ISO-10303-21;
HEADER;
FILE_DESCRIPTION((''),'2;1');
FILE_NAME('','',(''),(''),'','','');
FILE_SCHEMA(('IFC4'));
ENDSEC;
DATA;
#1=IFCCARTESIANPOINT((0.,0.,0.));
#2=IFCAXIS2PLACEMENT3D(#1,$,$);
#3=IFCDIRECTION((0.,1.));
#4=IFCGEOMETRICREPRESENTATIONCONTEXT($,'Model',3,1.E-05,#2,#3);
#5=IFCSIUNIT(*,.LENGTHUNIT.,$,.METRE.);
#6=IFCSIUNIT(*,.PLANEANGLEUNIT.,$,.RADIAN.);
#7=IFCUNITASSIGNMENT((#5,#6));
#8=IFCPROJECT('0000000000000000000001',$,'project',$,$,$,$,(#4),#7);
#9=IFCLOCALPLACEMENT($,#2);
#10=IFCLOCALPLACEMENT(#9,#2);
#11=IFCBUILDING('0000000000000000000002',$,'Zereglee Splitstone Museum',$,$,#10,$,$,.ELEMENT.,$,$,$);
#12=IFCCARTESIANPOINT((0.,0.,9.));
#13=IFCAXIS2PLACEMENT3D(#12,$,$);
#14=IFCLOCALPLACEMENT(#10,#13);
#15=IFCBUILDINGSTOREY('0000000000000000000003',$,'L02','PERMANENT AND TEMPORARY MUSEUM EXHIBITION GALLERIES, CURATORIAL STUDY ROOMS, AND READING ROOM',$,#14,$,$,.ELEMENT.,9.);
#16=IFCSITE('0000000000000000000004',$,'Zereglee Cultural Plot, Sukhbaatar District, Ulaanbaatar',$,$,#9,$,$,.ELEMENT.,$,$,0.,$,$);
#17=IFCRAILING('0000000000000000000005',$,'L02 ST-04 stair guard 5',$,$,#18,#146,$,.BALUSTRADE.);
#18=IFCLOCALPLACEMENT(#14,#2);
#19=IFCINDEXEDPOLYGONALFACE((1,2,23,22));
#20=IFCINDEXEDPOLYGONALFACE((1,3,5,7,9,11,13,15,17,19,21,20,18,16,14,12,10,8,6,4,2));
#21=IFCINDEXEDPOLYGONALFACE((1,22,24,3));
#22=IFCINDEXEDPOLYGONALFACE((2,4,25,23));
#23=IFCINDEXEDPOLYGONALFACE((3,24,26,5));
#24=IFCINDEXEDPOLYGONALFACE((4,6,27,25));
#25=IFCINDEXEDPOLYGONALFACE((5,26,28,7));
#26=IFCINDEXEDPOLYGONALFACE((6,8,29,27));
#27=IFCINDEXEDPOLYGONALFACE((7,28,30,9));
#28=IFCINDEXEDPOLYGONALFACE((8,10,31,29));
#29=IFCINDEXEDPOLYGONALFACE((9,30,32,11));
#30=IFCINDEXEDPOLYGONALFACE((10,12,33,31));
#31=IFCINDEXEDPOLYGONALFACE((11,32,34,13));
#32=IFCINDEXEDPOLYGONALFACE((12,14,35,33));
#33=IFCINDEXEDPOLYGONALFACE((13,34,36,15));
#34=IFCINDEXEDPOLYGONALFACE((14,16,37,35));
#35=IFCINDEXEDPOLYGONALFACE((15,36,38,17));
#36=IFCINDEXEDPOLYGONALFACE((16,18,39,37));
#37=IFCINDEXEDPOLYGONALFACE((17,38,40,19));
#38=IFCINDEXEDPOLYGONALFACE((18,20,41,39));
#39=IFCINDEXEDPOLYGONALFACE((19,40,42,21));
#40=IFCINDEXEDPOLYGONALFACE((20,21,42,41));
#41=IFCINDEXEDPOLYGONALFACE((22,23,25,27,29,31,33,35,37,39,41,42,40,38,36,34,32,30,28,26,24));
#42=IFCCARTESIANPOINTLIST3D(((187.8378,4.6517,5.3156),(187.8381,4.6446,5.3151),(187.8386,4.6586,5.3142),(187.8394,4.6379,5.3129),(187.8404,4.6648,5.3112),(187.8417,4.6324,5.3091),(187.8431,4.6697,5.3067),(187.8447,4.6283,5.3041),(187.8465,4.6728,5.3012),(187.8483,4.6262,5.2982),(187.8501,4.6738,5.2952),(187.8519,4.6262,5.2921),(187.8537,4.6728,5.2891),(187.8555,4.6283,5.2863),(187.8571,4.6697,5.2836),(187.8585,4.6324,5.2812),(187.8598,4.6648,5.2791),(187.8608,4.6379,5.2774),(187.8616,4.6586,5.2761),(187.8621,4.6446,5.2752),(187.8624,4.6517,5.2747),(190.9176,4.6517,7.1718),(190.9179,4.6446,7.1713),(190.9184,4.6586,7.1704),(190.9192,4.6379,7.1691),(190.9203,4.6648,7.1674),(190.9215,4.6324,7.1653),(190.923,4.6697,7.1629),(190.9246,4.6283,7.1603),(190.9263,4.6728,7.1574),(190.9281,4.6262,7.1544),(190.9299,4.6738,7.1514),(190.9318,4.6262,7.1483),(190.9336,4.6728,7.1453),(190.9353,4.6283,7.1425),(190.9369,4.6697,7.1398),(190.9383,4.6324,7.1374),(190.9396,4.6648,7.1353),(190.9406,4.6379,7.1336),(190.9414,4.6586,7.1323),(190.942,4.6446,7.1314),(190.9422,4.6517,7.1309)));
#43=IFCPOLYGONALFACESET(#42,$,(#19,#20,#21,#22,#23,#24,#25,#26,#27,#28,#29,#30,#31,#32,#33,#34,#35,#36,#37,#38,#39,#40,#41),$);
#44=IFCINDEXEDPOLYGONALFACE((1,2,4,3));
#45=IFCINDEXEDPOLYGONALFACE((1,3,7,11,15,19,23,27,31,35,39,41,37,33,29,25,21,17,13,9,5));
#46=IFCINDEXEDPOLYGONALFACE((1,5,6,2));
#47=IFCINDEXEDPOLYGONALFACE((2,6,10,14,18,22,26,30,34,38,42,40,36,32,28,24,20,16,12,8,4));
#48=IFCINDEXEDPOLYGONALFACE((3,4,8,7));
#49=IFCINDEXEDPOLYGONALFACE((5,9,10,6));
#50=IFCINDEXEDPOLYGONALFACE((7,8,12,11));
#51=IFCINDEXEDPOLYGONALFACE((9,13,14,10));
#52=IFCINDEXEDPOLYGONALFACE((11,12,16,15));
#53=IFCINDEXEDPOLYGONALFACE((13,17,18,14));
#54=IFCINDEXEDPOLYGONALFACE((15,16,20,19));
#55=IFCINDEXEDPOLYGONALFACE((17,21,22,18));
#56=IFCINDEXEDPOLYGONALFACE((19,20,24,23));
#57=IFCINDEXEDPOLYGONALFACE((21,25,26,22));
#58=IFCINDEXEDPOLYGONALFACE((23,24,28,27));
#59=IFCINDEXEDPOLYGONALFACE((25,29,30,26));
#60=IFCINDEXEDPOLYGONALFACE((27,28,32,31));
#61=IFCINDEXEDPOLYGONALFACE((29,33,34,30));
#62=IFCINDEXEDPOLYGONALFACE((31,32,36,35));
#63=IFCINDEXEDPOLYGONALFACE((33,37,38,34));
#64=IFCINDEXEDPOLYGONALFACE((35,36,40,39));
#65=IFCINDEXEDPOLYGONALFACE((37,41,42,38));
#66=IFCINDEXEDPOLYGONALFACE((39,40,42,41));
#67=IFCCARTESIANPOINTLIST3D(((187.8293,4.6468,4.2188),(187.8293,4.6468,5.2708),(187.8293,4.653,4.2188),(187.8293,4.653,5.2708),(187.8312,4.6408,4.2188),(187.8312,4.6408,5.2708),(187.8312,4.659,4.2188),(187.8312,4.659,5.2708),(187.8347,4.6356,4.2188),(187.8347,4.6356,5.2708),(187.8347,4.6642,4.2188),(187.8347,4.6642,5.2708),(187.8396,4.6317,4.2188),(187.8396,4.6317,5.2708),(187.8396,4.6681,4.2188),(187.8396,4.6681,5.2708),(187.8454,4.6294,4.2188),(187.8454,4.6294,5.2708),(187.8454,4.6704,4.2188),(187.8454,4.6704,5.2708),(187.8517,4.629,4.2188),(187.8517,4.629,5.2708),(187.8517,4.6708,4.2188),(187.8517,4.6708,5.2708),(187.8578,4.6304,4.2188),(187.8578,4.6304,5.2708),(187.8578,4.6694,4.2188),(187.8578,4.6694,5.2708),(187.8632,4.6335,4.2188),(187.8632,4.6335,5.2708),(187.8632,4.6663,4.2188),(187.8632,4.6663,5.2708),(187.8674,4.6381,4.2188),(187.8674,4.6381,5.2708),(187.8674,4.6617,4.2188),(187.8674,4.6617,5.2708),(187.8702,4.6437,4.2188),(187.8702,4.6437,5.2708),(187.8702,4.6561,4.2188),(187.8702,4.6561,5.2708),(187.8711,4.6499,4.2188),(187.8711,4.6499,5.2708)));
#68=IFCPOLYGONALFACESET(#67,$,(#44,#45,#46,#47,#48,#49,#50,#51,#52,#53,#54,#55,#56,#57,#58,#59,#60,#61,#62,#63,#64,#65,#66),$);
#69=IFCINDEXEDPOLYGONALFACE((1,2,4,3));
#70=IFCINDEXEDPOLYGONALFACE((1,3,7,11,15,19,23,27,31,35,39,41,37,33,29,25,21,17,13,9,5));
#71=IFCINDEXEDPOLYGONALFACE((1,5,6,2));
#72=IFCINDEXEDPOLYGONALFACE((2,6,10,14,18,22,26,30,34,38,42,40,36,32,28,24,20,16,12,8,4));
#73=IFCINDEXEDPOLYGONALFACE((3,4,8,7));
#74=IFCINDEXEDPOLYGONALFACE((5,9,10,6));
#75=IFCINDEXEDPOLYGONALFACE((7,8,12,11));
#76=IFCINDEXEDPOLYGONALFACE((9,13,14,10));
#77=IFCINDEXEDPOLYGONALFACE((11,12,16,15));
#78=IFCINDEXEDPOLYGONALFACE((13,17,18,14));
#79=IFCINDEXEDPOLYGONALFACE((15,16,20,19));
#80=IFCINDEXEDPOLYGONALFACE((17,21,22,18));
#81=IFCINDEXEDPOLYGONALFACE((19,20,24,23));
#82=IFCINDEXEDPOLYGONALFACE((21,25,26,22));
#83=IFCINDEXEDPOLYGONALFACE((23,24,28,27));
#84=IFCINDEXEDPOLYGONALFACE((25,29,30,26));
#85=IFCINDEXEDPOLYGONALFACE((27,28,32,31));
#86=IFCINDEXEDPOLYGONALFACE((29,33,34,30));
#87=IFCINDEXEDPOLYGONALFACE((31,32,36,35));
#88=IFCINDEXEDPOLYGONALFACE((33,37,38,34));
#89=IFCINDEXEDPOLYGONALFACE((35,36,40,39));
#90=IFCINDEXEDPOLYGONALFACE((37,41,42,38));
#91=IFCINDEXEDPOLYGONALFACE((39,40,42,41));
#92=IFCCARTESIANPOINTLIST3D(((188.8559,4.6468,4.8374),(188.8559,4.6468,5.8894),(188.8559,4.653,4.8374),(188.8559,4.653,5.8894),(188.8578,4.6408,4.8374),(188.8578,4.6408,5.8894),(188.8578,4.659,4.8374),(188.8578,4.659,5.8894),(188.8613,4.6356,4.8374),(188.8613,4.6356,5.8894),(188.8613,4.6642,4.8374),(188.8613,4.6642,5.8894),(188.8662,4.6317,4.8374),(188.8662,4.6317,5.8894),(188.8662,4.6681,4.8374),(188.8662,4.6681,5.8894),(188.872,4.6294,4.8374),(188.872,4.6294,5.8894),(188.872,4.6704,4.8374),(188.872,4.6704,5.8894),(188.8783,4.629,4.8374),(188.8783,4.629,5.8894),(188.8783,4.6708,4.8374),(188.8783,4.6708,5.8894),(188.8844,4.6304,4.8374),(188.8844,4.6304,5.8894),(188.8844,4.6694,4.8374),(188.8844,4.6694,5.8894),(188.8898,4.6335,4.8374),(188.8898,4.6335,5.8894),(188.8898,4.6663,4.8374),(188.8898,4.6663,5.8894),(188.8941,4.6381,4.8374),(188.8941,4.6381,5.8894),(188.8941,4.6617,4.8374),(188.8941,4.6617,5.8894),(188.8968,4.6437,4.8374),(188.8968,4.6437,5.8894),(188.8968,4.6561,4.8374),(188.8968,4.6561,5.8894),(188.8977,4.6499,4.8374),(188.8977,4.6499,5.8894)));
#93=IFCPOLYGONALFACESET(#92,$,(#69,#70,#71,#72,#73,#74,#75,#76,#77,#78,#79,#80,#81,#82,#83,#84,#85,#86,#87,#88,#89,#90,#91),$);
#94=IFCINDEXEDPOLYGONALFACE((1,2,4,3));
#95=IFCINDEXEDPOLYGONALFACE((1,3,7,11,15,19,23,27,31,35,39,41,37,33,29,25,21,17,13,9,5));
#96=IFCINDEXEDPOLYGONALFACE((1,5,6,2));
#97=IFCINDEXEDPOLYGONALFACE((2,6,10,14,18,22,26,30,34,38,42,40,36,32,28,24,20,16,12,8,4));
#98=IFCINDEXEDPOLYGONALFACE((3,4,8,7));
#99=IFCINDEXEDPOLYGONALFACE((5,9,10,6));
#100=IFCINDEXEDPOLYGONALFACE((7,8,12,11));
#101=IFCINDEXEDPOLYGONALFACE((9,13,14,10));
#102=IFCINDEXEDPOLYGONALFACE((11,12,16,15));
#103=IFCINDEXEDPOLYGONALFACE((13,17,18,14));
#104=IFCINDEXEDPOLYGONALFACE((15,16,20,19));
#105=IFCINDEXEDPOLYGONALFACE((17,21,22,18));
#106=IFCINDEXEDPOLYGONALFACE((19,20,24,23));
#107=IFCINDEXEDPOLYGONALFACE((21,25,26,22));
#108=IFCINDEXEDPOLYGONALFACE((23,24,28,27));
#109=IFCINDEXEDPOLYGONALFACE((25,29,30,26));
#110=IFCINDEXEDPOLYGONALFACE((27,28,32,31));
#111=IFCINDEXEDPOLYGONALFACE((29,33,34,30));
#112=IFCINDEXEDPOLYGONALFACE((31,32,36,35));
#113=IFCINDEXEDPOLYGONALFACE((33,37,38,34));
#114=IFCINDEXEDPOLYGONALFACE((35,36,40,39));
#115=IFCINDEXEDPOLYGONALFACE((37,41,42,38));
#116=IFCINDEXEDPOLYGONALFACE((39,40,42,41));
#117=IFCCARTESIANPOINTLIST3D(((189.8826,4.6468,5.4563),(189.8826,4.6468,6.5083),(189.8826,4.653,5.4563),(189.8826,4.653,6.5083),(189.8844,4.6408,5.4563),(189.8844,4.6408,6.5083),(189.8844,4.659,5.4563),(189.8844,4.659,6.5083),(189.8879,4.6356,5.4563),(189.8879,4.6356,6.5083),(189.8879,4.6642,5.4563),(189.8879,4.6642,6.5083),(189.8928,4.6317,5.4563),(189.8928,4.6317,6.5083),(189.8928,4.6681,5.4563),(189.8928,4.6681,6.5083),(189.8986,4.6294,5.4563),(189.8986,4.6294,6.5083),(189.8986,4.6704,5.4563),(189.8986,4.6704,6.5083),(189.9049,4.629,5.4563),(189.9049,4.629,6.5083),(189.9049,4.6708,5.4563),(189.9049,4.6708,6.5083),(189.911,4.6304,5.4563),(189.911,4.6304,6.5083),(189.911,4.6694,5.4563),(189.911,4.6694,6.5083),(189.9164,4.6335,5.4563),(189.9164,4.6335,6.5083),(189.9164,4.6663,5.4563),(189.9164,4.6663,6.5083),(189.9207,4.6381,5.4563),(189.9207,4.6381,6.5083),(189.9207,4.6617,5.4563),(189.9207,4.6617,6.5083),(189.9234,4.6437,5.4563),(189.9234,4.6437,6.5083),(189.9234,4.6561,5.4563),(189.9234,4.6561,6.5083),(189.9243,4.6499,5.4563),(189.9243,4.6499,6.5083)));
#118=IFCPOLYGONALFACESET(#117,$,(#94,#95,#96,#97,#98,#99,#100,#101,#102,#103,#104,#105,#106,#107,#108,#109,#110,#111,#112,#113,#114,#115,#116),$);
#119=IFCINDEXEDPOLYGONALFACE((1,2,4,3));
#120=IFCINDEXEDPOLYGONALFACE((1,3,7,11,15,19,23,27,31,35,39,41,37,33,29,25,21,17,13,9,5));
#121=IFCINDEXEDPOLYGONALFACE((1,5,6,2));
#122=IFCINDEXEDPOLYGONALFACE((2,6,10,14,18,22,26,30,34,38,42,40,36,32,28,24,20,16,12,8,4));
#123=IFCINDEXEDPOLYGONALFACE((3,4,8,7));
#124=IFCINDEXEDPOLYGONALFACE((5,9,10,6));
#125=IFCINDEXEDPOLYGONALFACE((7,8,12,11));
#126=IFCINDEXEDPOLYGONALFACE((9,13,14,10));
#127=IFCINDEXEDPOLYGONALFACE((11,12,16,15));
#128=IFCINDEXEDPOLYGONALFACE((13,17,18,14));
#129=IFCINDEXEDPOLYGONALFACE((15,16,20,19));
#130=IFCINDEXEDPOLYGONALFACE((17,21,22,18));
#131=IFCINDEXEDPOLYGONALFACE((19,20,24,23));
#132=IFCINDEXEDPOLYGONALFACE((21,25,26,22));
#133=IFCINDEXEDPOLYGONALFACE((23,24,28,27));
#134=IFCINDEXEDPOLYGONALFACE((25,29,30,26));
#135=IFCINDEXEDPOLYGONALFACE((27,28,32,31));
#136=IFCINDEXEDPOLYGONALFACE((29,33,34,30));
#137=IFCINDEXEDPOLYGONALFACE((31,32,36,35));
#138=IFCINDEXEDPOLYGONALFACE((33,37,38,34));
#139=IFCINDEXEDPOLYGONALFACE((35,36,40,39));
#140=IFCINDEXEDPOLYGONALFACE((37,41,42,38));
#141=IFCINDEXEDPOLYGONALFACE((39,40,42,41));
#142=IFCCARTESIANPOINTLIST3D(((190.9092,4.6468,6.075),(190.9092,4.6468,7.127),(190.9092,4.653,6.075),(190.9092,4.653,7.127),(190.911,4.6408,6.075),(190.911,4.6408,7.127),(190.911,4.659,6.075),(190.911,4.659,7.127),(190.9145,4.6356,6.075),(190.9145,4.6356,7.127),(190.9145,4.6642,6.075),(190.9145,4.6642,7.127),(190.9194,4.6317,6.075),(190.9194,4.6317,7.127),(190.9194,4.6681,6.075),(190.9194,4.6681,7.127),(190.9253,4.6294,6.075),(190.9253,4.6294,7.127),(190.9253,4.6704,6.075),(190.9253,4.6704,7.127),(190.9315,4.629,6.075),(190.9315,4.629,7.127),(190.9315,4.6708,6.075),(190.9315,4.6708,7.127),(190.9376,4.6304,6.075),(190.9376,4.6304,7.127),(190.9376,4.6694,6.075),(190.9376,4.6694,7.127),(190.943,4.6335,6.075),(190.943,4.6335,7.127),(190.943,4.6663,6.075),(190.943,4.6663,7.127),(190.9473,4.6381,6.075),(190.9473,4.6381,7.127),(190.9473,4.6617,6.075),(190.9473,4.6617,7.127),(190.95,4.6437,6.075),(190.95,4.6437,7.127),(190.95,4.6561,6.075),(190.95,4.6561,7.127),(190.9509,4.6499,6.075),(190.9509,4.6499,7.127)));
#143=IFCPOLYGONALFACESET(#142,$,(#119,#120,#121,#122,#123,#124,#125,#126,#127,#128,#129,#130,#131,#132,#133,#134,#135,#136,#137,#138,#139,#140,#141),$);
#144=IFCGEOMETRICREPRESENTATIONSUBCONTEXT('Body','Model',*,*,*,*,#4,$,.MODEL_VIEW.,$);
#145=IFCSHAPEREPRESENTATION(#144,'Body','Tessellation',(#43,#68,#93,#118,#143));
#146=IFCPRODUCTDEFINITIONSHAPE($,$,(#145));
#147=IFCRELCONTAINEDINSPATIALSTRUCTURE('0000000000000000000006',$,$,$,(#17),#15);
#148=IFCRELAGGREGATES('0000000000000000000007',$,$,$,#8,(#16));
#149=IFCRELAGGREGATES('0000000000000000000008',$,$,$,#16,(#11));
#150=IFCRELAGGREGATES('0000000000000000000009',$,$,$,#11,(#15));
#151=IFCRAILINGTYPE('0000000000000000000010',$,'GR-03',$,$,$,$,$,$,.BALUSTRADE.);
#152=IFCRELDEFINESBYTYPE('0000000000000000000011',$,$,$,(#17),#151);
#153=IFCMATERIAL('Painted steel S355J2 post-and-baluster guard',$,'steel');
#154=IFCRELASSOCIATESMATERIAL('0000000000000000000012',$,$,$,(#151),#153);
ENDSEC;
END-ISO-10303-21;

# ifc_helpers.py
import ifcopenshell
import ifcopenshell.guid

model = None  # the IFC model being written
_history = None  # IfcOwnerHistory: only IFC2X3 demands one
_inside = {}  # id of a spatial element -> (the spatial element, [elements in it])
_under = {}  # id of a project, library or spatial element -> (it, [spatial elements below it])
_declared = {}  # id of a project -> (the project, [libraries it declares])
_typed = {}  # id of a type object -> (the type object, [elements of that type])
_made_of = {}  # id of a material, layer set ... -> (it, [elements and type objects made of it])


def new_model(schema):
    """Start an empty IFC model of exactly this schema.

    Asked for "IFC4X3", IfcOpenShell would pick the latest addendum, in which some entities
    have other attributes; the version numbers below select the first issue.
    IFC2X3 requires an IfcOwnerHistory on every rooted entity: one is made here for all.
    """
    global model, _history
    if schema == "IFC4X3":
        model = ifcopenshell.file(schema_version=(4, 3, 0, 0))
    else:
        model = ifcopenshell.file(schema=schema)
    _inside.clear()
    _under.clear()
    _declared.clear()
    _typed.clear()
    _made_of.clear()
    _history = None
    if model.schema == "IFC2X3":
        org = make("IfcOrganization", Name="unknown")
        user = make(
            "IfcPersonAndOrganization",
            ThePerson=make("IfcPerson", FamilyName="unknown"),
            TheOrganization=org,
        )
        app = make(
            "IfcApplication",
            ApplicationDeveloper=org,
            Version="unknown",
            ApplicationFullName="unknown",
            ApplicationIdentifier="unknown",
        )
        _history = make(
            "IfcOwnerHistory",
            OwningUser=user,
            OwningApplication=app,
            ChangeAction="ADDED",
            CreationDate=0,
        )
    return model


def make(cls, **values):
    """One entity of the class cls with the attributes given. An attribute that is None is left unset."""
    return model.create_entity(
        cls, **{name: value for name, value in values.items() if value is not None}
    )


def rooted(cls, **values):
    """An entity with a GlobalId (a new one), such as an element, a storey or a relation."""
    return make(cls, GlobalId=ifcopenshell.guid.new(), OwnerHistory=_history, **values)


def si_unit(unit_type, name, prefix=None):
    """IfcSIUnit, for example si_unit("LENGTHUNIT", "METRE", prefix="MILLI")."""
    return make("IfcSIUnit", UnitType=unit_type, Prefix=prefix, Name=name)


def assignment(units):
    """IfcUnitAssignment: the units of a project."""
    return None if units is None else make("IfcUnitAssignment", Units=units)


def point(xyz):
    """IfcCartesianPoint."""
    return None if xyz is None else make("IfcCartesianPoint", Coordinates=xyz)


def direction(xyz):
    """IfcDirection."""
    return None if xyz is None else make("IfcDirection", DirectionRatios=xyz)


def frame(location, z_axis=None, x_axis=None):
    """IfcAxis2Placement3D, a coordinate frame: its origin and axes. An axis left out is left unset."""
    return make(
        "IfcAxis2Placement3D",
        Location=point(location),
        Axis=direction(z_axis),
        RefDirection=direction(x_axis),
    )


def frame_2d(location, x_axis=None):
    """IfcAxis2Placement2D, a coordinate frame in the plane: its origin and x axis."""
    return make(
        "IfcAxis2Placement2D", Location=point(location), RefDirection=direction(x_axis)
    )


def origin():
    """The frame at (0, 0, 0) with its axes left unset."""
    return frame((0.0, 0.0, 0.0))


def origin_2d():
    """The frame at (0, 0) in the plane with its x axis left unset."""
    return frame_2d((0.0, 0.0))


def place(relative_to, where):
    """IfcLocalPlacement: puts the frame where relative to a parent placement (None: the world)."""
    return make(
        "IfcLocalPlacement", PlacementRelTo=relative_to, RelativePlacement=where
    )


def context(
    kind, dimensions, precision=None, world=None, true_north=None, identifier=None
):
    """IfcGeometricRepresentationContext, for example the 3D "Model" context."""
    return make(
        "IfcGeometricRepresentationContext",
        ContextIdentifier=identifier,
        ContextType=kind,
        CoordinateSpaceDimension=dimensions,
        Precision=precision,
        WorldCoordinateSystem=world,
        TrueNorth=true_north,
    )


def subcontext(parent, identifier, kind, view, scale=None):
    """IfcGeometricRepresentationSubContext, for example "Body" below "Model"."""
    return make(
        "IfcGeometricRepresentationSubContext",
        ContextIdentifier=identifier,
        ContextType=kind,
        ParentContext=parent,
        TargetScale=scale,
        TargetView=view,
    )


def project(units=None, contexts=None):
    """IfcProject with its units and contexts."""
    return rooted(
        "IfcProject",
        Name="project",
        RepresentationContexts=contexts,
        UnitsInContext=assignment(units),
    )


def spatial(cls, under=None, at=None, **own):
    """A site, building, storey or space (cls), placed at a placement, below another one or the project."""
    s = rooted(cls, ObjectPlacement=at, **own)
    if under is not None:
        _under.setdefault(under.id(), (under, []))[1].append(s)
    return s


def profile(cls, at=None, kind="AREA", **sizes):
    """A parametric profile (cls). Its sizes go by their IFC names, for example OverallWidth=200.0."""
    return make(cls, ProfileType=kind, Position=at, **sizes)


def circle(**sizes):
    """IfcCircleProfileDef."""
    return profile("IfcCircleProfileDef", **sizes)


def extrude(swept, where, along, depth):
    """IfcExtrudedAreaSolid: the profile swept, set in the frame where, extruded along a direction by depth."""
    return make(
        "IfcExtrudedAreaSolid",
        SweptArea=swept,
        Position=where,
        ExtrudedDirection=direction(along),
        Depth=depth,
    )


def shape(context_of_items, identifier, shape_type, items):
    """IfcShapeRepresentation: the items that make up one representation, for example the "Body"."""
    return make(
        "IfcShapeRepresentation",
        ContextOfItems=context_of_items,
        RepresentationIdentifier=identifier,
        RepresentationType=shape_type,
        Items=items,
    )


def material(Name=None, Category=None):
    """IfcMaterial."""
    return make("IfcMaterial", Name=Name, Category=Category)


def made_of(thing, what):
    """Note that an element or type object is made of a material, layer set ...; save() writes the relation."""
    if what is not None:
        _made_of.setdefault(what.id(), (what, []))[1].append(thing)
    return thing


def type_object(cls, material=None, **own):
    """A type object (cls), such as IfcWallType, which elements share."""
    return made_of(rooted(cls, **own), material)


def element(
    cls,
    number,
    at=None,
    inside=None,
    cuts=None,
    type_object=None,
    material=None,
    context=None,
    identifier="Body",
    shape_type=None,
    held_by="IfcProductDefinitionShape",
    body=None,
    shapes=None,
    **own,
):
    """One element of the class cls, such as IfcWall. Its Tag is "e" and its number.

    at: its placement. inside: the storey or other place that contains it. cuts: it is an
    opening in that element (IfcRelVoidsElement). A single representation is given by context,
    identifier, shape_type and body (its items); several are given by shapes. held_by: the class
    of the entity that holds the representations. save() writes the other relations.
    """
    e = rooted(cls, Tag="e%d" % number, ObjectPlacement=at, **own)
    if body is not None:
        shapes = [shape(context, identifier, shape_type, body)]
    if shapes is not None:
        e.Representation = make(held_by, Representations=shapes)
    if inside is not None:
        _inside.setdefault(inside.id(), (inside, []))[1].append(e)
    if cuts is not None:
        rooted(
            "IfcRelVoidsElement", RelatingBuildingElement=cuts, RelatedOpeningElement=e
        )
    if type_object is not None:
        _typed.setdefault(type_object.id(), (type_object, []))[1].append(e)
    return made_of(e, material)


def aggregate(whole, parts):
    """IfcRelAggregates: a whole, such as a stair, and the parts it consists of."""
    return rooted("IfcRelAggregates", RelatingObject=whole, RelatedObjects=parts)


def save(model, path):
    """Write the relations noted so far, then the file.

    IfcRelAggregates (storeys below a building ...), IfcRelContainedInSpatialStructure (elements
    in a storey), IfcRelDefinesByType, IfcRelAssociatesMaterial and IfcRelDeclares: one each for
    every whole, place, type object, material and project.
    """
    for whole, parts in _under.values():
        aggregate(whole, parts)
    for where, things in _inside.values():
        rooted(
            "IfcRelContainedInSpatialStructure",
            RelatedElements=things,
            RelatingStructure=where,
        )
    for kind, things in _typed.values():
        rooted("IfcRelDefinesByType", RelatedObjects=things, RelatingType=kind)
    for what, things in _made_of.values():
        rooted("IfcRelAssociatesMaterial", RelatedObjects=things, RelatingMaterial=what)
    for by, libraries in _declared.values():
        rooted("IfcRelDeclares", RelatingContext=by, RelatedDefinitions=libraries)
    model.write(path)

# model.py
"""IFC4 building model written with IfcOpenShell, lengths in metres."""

from ifc_helpers import new_model, si_unit, direction, frame, origin, origin_2d, place, context, subcontext, project, spatial, circle, extrude, material, type_object, element, save


model = new_model("IFC4")

# Units and contexts
model_context = context("Model", 3, precision=1e-05, world=origin(), true_north=direction((0.0, 1.0)))
body_context = subcontext(model_context, "Body", "Model", "MODEL_VIEW")
ifc_project = project(units=[si_unit("LENGTHUNIT", "METRE"), si_unit("PLANEANGLEUNIT", "RADIAN")], contexts=[model_context])

# Site, building, storey
site_placement = place(None, origin())
site = spatial("IfcSite", under=ifc_project, at=site_placement, Name="Zereglee Cultural Plot, Sukhbaatar District, Ulaanbaatar", CompositionType="ELEMENT", RefElevation=0.0)
building_placement = place(site_placement, origin())
building = spatial("IfcBuilding", under=site, at=building_placement, Name="Zereglee Splitstone Museum", CompositionType="ELEMENT")
storey_placement = place(building_placement, frame((0.0, 0.0, 9.0)))
storey = spatial("IfcBuildingStorey", under=building, at=storey_placement, Name="L02", Description="PERMANENT AND TEMPORARY MUSEUM EXHIBITION GALLERIES, CURATORIAL STUDY ROOMS, AND READING ROOM", CompositionType="ELEMENT", Elevation=9.0)

# Railing
ifc_material_1 = material(Name="Painted steel S355J2 post-and-baluster guard", Category="steel")
railing_type_1 = type_object("IfcRailingType", Name="GR-03", PredefinedType="BALUSTRADE", material=ifc_material_1)
railing_1_placement = place(storey_placement, frame((187.8501, 4.6499, 4.2188)))
element("IfcRailing", 1, at=railing_1_placement, inside=storey, type_object=railing_type_1, Name="L02 ST-04 stair guard 5", PredefinedType="BALUSTRADE", context=body_context, shape_type="SweptSolid", body=[
    extrude(circle(Radius=0.0239, at=origin_2d()), frame((0.0, 0.0, 1.0764), z_axis=(0.856473, 0.0, 0.516192), x_axis=(0.0, 1.0, 0.0)), (0.0, 0.0, 1.0), 3.5959),
    extrude(circle(Radius=0.021, at=origin_2d()), origin(), (0.0, 0.0, 1.0), 1.052),
    extrude(circle(Radius=0.021, at=origin_2d()), frame((1.0266, 0.0, 0.6187)), (0.0, 0.0, 1.0), 1.052),
    extrude(circle(Radius=0.021, at=origin_2d()), frame((2.0532, 0.0, 1.2375)), (0.0, 0.0, 1.0), 1.052),
    extrude(circle(Radius=0.021, at=origin_2d()), frame((3.0798, 0.0, 1.8562)), (0.0, 0.0, 1.0), 1.052),
])

save(model, "model.ifc")
